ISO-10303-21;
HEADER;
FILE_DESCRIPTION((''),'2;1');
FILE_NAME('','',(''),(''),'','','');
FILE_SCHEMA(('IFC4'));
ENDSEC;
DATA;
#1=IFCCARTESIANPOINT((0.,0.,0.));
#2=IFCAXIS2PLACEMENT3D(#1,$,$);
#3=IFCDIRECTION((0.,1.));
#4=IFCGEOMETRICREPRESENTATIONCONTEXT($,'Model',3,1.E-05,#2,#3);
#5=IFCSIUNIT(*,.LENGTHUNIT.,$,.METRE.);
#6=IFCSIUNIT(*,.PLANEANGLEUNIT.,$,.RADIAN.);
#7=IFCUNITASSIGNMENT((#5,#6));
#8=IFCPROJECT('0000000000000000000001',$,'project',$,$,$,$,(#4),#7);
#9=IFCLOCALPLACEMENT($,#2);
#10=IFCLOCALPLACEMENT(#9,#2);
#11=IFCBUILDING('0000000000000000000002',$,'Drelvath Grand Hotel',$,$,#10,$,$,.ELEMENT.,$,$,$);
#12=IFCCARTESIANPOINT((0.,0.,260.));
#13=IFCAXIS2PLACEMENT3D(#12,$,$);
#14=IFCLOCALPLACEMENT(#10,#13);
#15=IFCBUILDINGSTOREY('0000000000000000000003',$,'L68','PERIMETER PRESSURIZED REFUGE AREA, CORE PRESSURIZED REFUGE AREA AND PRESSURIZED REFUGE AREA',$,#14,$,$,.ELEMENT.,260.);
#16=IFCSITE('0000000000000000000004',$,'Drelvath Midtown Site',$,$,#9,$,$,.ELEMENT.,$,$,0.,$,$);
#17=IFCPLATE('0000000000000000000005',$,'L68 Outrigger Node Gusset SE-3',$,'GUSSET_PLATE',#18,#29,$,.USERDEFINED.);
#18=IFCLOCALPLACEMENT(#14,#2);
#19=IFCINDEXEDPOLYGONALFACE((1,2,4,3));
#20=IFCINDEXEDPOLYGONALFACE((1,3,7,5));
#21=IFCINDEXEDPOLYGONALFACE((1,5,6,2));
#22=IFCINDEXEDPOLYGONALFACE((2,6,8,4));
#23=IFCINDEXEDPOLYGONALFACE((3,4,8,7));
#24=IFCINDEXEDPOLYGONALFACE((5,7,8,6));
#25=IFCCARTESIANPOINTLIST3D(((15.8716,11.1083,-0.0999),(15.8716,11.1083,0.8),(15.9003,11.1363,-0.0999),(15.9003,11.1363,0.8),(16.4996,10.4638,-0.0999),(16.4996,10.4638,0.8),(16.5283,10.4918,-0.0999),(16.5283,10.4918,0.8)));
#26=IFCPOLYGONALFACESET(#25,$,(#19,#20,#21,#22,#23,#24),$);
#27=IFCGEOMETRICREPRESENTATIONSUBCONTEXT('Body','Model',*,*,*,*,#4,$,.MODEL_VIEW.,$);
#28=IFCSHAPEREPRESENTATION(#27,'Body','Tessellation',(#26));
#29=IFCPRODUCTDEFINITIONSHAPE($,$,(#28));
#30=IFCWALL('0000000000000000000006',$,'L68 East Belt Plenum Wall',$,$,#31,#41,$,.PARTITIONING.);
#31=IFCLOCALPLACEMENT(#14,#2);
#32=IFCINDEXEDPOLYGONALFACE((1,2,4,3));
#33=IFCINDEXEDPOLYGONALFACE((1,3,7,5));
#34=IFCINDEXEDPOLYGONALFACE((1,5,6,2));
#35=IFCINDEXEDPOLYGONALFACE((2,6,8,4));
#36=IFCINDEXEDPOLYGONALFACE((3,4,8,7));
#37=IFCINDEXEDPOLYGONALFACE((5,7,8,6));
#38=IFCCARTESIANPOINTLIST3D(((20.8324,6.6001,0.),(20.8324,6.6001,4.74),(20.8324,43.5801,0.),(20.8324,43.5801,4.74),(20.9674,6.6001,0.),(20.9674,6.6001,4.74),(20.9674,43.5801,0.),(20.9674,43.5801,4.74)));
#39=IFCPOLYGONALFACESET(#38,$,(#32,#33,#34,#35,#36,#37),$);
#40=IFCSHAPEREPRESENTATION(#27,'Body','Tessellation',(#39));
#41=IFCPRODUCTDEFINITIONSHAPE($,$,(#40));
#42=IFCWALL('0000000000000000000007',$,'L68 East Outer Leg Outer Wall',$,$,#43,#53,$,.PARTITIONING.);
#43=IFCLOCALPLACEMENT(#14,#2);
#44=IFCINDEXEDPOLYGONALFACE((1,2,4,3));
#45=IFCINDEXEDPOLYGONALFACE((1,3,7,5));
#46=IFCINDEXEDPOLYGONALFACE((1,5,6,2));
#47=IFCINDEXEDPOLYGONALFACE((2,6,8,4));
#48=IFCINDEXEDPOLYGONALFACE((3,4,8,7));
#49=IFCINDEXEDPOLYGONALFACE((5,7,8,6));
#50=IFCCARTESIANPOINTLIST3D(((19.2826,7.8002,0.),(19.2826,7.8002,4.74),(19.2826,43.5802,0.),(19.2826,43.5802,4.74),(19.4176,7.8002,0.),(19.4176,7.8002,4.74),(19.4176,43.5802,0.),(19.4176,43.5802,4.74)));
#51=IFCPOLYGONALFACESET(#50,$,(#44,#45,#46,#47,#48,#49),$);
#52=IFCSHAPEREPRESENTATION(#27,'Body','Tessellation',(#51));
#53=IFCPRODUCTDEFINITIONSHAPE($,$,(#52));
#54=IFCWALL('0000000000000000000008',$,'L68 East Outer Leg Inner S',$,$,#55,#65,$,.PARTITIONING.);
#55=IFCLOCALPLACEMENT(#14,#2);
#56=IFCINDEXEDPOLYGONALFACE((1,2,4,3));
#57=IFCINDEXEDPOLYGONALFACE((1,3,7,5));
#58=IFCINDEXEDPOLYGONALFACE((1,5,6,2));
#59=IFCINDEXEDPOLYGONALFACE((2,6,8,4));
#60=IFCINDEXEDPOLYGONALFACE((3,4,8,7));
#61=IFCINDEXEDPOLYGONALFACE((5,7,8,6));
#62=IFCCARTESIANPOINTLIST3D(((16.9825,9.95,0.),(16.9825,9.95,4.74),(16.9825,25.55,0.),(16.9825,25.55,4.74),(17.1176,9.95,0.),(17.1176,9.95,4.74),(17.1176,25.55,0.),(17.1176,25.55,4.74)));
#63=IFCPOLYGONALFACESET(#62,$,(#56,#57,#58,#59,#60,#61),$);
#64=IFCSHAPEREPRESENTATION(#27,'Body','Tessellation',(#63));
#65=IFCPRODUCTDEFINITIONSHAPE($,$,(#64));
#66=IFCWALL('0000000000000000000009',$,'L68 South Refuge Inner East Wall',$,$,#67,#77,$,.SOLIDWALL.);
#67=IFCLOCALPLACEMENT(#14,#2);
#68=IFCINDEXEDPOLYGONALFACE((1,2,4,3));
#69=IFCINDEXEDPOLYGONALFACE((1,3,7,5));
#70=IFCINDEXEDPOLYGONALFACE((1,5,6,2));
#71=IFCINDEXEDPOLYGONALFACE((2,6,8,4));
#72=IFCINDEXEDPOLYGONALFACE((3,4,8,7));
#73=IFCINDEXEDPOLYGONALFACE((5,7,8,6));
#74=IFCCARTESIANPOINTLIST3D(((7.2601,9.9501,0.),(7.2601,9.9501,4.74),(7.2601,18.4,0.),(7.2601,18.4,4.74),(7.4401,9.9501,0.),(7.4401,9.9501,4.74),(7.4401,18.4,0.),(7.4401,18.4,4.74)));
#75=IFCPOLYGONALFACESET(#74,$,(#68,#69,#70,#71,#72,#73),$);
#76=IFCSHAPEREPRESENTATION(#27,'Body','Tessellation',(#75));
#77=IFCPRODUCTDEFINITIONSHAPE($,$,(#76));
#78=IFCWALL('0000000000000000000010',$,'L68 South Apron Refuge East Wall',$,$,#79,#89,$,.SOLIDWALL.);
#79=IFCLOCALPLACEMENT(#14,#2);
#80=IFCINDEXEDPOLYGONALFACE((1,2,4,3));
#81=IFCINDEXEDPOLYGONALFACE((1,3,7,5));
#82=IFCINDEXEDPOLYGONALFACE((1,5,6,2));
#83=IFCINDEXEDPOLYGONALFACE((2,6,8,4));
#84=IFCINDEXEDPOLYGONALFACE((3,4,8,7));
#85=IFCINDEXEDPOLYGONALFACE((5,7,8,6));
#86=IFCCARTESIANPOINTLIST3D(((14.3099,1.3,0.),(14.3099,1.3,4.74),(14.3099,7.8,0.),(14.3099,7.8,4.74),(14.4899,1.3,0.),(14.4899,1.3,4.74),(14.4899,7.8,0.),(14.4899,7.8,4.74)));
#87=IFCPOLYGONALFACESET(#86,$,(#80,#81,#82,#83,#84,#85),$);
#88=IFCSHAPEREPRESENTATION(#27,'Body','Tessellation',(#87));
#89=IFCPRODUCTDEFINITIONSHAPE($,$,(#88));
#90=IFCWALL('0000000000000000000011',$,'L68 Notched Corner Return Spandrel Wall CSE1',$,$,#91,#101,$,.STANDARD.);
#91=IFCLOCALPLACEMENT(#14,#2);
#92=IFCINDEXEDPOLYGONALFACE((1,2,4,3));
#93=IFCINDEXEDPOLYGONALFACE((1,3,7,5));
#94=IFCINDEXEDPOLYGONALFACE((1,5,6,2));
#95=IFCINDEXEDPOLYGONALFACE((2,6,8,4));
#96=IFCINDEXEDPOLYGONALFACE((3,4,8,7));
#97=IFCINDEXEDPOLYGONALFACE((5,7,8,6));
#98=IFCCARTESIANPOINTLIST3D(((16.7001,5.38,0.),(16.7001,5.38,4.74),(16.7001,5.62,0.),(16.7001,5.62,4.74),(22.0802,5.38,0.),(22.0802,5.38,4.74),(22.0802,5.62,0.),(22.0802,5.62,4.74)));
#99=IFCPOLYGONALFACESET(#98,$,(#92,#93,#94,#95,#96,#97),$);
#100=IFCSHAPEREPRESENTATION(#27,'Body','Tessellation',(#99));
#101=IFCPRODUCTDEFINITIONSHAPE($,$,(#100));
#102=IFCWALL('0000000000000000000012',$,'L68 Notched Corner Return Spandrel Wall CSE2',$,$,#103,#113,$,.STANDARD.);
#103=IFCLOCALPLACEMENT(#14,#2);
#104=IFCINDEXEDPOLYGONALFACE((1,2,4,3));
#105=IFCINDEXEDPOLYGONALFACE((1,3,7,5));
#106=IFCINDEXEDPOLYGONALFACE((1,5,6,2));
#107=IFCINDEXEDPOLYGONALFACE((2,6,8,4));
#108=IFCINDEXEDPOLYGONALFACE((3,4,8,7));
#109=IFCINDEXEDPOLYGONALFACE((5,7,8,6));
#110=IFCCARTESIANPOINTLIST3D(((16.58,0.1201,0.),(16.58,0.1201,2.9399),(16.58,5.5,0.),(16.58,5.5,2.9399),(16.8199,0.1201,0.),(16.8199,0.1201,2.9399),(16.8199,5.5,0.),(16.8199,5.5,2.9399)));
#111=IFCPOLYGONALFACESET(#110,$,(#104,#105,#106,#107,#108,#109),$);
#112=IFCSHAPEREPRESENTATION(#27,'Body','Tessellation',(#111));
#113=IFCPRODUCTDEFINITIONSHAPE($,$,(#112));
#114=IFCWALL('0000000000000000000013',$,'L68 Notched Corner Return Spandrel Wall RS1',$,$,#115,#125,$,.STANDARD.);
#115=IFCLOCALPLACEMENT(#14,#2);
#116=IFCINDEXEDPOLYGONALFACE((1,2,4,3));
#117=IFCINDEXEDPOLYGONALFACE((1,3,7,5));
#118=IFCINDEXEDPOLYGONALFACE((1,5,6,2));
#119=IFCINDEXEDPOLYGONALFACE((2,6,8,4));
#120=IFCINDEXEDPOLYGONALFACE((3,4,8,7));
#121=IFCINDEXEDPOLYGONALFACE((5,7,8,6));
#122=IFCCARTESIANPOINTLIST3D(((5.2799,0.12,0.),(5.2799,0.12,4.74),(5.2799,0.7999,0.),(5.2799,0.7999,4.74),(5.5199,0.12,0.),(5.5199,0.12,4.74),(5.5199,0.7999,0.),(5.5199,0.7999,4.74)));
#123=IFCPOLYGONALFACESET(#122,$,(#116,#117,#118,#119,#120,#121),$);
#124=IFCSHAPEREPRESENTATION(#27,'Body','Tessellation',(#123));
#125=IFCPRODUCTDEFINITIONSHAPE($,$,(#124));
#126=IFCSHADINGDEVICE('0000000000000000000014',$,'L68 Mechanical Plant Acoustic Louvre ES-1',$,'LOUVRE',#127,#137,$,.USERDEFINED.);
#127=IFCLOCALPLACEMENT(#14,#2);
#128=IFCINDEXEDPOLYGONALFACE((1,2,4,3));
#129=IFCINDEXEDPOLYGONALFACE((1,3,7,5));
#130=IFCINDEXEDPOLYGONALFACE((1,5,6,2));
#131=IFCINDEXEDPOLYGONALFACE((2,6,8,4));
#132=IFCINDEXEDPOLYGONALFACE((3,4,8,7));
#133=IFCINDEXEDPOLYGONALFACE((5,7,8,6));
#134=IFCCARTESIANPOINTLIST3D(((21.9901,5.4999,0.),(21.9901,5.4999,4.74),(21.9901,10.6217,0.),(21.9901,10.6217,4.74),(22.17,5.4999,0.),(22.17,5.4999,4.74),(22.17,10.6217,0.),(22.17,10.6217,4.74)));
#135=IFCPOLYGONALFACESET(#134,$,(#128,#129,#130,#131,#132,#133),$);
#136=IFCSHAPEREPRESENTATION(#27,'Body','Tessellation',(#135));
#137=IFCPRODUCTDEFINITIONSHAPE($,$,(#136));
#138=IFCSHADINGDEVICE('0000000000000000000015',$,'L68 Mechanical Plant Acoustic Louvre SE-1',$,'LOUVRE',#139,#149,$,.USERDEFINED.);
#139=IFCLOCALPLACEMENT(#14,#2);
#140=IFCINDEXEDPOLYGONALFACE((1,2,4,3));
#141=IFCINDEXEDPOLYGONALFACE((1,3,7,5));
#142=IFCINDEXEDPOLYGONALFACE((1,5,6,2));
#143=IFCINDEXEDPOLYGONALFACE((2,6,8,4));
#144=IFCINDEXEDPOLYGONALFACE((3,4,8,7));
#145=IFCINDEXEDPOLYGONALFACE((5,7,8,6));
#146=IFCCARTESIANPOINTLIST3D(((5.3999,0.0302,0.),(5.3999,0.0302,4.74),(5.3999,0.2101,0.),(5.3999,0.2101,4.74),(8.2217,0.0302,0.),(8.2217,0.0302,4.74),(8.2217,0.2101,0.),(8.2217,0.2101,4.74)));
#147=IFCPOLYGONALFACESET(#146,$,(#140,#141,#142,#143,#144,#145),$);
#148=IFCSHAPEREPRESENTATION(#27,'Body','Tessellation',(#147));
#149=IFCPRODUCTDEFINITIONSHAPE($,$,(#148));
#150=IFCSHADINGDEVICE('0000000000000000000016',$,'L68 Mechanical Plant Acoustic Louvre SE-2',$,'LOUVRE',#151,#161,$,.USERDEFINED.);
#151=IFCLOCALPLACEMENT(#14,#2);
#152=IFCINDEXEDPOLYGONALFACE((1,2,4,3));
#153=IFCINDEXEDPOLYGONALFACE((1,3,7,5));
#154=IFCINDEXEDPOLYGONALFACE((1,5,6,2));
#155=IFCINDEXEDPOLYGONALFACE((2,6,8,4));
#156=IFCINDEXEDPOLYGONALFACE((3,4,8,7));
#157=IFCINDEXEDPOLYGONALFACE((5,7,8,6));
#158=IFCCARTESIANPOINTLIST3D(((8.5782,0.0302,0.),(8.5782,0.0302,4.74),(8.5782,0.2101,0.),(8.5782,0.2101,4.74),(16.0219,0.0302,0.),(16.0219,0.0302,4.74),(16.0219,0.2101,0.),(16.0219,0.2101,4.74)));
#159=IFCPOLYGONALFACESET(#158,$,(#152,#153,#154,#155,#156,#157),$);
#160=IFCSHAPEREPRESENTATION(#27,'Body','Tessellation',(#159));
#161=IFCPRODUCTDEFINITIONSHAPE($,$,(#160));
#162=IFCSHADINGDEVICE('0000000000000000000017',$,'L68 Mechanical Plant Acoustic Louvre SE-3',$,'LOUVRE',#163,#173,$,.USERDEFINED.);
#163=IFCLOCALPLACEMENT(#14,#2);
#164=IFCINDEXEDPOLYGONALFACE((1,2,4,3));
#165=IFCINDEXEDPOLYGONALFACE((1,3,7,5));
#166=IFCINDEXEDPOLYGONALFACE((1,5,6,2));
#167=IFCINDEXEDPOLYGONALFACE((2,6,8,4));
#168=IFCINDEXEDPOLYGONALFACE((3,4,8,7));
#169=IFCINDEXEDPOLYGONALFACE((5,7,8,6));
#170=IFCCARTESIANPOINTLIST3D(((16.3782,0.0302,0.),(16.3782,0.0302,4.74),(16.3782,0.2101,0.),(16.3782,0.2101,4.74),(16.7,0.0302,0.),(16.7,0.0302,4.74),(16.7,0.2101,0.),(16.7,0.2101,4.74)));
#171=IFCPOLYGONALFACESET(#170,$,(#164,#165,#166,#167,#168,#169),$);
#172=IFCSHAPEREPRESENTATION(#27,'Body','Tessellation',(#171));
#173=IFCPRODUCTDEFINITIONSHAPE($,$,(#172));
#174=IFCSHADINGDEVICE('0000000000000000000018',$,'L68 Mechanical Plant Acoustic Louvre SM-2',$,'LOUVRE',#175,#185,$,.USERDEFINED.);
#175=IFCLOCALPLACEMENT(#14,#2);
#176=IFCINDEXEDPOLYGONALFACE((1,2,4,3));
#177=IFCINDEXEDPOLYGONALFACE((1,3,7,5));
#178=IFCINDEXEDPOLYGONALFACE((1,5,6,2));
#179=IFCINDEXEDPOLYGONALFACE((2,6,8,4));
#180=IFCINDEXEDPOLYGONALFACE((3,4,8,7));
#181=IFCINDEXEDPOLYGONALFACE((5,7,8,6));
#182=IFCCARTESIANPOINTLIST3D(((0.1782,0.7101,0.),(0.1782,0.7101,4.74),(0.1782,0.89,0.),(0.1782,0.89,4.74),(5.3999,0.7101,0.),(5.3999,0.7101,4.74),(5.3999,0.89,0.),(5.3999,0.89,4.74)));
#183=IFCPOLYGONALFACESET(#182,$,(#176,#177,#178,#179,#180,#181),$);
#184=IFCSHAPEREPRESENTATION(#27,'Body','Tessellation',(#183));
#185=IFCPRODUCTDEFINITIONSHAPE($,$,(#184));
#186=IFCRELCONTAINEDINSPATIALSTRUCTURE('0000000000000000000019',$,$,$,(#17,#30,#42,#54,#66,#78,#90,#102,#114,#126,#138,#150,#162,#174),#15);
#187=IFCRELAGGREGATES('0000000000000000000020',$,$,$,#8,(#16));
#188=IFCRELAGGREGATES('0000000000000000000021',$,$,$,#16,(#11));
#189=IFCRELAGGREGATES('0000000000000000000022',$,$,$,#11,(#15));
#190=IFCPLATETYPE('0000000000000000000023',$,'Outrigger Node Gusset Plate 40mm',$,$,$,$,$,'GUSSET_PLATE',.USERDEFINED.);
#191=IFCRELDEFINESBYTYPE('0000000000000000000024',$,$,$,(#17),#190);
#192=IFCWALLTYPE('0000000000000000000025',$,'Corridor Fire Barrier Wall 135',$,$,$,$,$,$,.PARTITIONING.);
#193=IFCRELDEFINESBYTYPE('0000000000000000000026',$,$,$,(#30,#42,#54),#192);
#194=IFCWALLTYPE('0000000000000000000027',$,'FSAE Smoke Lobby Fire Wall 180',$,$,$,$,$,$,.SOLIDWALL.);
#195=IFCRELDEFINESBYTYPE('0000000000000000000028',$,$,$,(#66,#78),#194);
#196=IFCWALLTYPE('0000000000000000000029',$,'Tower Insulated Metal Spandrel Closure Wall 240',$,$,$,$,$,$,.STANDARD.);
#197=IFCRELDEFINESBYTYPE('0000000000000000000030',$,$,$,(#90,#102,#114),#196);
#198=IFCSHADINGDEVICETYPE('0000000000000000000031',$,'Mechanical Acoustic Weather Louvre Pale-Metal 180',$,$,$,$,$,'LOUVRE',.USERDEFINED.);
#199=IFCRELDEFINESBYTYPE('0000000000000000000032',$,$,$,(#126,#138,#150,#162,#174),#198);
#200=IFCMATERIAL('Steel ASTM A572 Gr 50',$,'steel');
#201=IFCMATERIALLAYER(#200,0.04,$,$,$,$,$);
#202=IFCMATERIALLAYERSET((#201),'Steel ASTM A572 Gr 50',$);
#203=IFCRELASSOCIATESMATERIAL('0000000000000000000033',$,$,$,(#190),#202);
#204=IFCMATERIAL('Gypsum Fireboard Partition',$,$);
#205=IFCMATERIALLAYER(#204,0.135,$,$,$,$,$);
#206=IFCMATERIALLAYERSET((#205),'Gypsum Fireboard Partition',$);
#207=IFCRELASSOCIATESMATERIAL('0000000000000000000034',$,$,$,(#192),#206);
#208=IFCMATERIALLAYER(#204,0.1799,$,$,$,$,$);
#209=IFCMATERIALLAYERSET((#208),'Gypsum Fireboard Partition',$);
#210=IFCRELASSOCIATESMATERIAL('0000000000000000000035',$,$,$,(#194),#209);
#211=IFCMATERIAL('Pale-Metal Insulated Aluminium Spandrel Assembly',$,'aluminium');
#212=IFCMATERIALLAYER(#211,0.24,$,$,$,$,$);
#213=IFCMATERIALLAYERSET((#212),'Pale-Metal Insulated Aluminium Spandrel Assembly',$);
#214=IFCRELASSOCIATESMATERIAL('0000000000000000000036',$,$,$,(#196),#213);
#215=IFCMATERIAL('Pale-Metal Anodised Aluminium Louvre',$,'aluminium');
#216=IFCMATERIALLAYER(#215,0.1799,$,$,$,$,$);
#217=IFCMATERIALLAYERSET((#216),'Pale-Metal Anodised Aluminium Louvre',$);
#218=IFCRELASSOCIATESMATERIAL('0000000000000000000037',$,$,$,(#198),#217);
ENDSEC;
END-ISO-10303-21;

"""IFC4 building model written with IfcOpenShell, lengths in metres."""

from ifc_helpers import new_model, si_unit, direction, frame, frame_2d, origin, origin_2d, place, context, subcontext, project, spatial, rectangle, extrude, material, layer, layer_set, type_object, element, save


model = new_model("IFC4")

# Units and contexts
model_context = context("Model", 3, precision=1e-05, world=origin(), true_north=direction((0.0, 1.0)))
body_context = subcontext(model_context, "Body", "Model", "MODEL_VIEW")
ifc_project = project(units=[si_unit("LENGTHUNIT", "METRE"), si_unit("PLANEANGLEUNIT", "RADIAN")], contexts=[model_context])

# Site, building, storey
site_placement = place(None, origin())
site = spatial("IfcSite", under=ifc_project, at=site_placement, Name="Drelvath Midtown Site", CompositionType="ELEMENT", RefElevation=0.0)
building_placement = place(site_placement, origin())
building = spatial("IfcBuilding", under=site, at=building_placement, Name="Drelvath Grand Hotel", CompositionType="ELEMENT")
storey_placement = place(building_placement, frame((0.0, 0.0, 260.0)))
storey = spatial("IfcBuildingStorey", under=building, at=storey_placement, Name="L68", Description="PERIMETER PRESSURIZED REFUGE AREA, CORE PRESSURIZED REFUGE AREA AND PRESSURIZED REFUGE AREA", CompositionType="ELEMENT", Elevation=260.0)

# Shared definitions
ifc_material_1 = material(Name="Steel ASTM A572 Gr 50", Category="steel")

# Plate
ifc_layer_1 = layer(ifc_material_1, 0.04)
ifc_layer_set_1 = layer_set([ifc_layer_1], Name="Steel ASTM A572 Gr 50")
plate_type_1 = type_object("IfcPlateType", Name="Outrigger Node Gusset Plate 40mm", ElementType="GUSSET_PLATE", PredefinedType="USERDEFINED", material=ifc_layer_set_1)
plate_1_placement = place(storey_placement, frame((16.2, 10.8, -0.0999), z_axis=(0.0, 0.0, 1.0), x_axis=(0.697865, -0.71623, 0.0)))
element("IfcPlate", 1, at=plate_1_placement, inside=storey, type_object=plate_type_1, Name="L68 Outrigger Node Gusset SE-3", ObjectType="GUSSET_PLATE", PredefinedType="USERDEFINED", context=body_context, shape_type="SweptSolid", body=[
    extrude(rectangle(XDim=0.8999, YDim=0.04, at=origin_2d()), origin(), (0.0, 0.0, 1.0), 0.8999),
])

# Walls
ifc_material_2 = material(Name="Gypsum Fireboard Partition")
ifc_layer_2 = layer(ifc_material_2, 0.135)
ifc_layer_set_2 = layer_set([ifc_layer_2], Name="Gypsum Fireboard Partition")
wall_type_1 = type_object("IfcWallType", Name="Corridor Fire Barrier Wall 135", PredefinedType="PARTITIONING", material=ifc_layer_set_2)
wall_1_placement = place(storey_placement, frame((20.8999, 6.6001, 0.0), z_axis=(0.0, 0.0, 1.0), x_axis=(0.0, 1.0, 0.0)))
element("IfcWall", 2, at=wall_1_placement, inside=storey, type_object=wall_type_1, Name="L68 East Belt Plenum Wall", PredefinedType="PARTITIONING", context=body_context, shape_type="SweptSolid", body=[
    extrude(rectangle(XDim=36.98, YDim=0.135, at=frame_2d((18.49, 0.0))), origin(), (0.0, 0.0, 1.0), 4.74),
])
wall_2_placement = place(storey_placement, frame((19.3501, 7.8, 0.0), z_axis=(0.0, 0.0, 1.0), x_axis=(0.0, 1.0, 0.0)))
element("IfcWall", 3, at=wall_2_placement, inside=storey, type_object=wall_type_1, Name="L68 East Outer Leg Outer Wall", PredefinedType="PARTITIONING", context=body_context, shape_type="SweptSolid", body=[
    extrude(rectangle(XDim=35.78, YDim=0.135, at=frame_2d((17.8901, 0.0))), origin(), (0.0, 0.0, 1.0), 4.74),
])
wall_3_placement = place(storey_placement, frame((17.05, 9.95, 0.0), z_axis=(0.0, 0.0, 1.0), x_axis=(0.0, 1.0, 0.0)))
element("IfcWall", 4, at=wall_3_placement, inside=storey, type_object=wall_type_1, Name="L68 East Outer Leg Inner S", PredefinedType="PARTITIONING", context=body_context, shape_type="SweptSolid", body=[
    extrude(rectangle(XDim=15.6001, YDim=0.135, at=frame_2d((7.8, 0.0))), origin(), (0.0, 0.0, 1.0), 4.74),
])
ifc_layer_3 = layer(ifc_material_2, 0.1799)
ifc_layer_set_3 = layer_set([ifc_layer_3], Name="Gypsum Fireboard Partition")
wall_type_2 = type_object("IfcWallType", Name="FSAE Smoke Lobby Fire Wall 180", PredefinedType="SOLIDWALL", material=ifc_layer_set_3)
wall_4_placement = place(storey_placement, frame((7.3501, 9.95, 0.0), z_axis=(0.0, 0.0, 1.0), x_axis=(0.0, 1.0, 0.0)))
element("IfcWall", 5, at=wall_4_placement, inside=storey, type_object=wall_type_2, Name="L68 South Refuge Inner East Wall", PredefinedType="SOLIDWALL", context=body_context, shape_type="SweptSolid", body=[
    extrude(rectangle(XDim=8.45, YDim=0.1799, at=frame_2d((4.2251, 0.0))), origin(), (0.0, 0.0, 1.0), 4.74),
])
wall_5_placement = place(storey_placement, frame((14.3999, 1.3, 0.0), z_axis=(0.0, 0.0, 1.0), x_axis=(0.0, 1.0, 0.0)))
element("IfcWall", 6, at=wall_5_placement, inside=storey, type_object=wall_type_2, Name="L68 South Apron Refuge East Wall", PredefinedType="SOLIDWALL", context=body_context, shape_type="SweptSolid", body=[
    extrude(rectangle(XDim=6.5, YDim=0.1799, at=frame_2d((3.25, 0.0))), origin(), (0.0, 0.0, 1.0), 4.74),
])
ifc_material_3 = material(Name="Pale-Metal Insulated Aluminium Spandrel Assembly", Category="aluminium")
ifc_layer_4 = layer(ifc_material_3, 0.24)
ifc_layer_set_4 = layer_set([ifc_layer_4], Name="Pale-Metal Insulated Aluminium Spandrel Assembly")
wall_type_3 = type_object("IfcWallType", Name="Tower Insulated Metal Spandrel Closure Wall 240", PredefinedType="STANDARD", material=ifc_layer_set_4)
wall_6_placement = place(storey_placement, frame((22.0801, 5.5, 0.0), z_axis=(0.0, 0.0, 1.0), x_axis=(-1.0, 0.0, 0.0)))
element("IfcWall", 7, at=wall_6_placement, inside=storey, type_object=wall_type_3, Name="L68 Notched Corner Return Spandrel Wall CSE1", PredefinedType="STANDARD", context=body_context, shape_type="SweptSolid", body=[
    extrude(rectangle(XDim=5.3801, YDim=0.24, at=frame_2d((2.6899, 0.0))), origin(), (0.0, 0.0, 1.0), 4.74),
])
wall_7_placement = place(storey_placement, frame((16.7, 5.5, 0.0), z_axis=(0.0, 0.0, 1.0), x_axis=(0.0, -1.0, 0.0)))
element("IfcWall", 8, at=wall_7_placement, inside=storey, type_object=wall_type_3, Name="L68 Notched Corner Return Spandrel Wall CSE2", PredefinedType="STANDARD", context=body_context, shape_type="SweptSolid", body=[
    extrude(rectangle(XDim=5.3799, YDim=0.24, at=frame_2d((2.6899, 0.0))), origin(), (0.0, 0.0, 1.0), 2.9399),
])
wall_8_placement = place(storey_placement, frame((5.3999, 0.1201, 0.0), z_axis=(0.0, 0.0, 1.0), x_axis=(0.0, 1.0, 0.0)))
element("IfcWall", 9, at=wall_8_placement, inside=storey, type_object=wall_type_3, Name="L68 Notched Corner Return Spandrel Wall RS1", PredefinedType="STANDARD", context=body_context, shape_type="SweptSolid", body=[
    extrude(rectangle(XDim=0.6799, YDim=0.24, at=frame_2d((0.3398, 0.0))), origin(), (0.0, 0.0, 1.0), 4.74),
])

# Shading devices
ifc_material_4 = material(Name="Pale-Metal Anodised Aluminium Louvre", Category="aluminium")
ifc_layer_5 = layer(ifc_material_4, 0.1799)
ifc_layer_set_5 = layer_set([ifc_layer_5], Name="Pale-Metal Anodised Aluminium Louvre")
shading_device_type = type_object("IfcShadingDeviceType", Name="Mechanical Acoustic Weather Louvre Pale-Metal 180", ElementType="LOUVRE", PredefinedType="USERDEFINED", material=ifc_layer_set_5)
shading_device_1_placement = place(storey_placement, frame((22.0801, 8.0608, 0.0), z_axis=(0.0, 0.0, 1.0), x_axis=(0.0, 1.0, 0.0)))
element("IfcShadingDevice", 10, at=shading_device_1_placement, inside=storey, type_object=shading_device_type, Name="L68 Mechanical Plant Acoustic Louvre ES-1", ObjectType="LOUVRE", PredefinedType="USERDEFINED", context=body_context, shape_type="SweptSolid", body=[
    extrude(rectangle(XDim=5.1218, YDim=0.1799, at=origin_2d()), origin(), (0.0, 0.0, 1.0), 4.74),
])
shading_device_2_placement = place(storey_placement, frame((6.8108, 0.1201, 0.0), z_axis=(0.0, 0.0, 1.0), x_axis=(1.0, 0.0, 0.0)))
element("IfcShadingDevice", 11, at=shading_device_2_placement, inside=storey, type_object=shading_device_type, Name="L68 Mechanical Plant Acoustic Louvre SE-1", ObjectType="LOUVRE", PredefinedType="USERDEFINED", context=body_context, shape_type="SweptSolid", body=[
    extrude(rectangle(XDim=2.8218, YDim=0.1799, at=origin_2d()), origin(), (0.0, 0.0, 1.0), 4.74),
])
shading_device_3_placement = place(storey_placement, frame((12.3, 0.1201, 0.0), z_axis=(0.0, 0.0, 1.0), x_axis=(1.0, 0.0, 0.0)))
element("IfcShadingDevice", 12, at=shading_device_3_placement, inside=storey, type_object=shading_device_type, Name="L68 Mechanical Plant Acoustic Louvre SE-2", ObjectType="LOUVRE", PredefinedType="USERDEFINED", context=body_context, shape_type="SweptSolid", body=[
    extrude(rectangle(XDim=7.4436, YDim=0.1799, at=origin_2d()), origin(), (0.0, 0.0, 1.0), 4.74),
])
shading_device_4_placement = place(storey_placement, frame((16.5391, 0.1201, 0.0), z_axis=(0.0, 0.0, 1.0), x_axis=(1.0, 0.0, 0.0)))
element("IfcShadingDevice", 13, at=shading_device_4_placement, inside=storey, type_object=shading_device_type, Name="L68 Mechanical Plant Acoustic Louvre SE-3", ObjectType="LOUVRE", PredefinedType="USERDEFINED", context=body_context, shape_type="SweptSolid", body=[
    extrude(rectangle(XDim=0.3218, YDim=0.1799, at=origin_2d()), origin(), (0.0, 0.0, 1.0), 4.74),
])
shading_device_5_placement = place(storey_placement, frame((2.7891, 0.8, 0.0), z_axis=(0.0, 0.0, 1.0), x_axis=(1.0, 0.0, 0.0)))
element("IfcShadingDevice", 14, at=shading_device_5_placement, inside=storey, type_object=shading_device_type, Name="L68 Mechanical Plant Acoustic Louvre SM-2", ObjectType="LOUVRE", PredefinedType="USERDEFINED", context=body_context, shape_type="SweptSolid", body=[
    extrude(rectangle(XDim=5.2217, YDim=0.1799, at=origin_2d()), origin(), (0.0, 0.0, 1.0), 4.74),
])

save(model, "model.ifc")
